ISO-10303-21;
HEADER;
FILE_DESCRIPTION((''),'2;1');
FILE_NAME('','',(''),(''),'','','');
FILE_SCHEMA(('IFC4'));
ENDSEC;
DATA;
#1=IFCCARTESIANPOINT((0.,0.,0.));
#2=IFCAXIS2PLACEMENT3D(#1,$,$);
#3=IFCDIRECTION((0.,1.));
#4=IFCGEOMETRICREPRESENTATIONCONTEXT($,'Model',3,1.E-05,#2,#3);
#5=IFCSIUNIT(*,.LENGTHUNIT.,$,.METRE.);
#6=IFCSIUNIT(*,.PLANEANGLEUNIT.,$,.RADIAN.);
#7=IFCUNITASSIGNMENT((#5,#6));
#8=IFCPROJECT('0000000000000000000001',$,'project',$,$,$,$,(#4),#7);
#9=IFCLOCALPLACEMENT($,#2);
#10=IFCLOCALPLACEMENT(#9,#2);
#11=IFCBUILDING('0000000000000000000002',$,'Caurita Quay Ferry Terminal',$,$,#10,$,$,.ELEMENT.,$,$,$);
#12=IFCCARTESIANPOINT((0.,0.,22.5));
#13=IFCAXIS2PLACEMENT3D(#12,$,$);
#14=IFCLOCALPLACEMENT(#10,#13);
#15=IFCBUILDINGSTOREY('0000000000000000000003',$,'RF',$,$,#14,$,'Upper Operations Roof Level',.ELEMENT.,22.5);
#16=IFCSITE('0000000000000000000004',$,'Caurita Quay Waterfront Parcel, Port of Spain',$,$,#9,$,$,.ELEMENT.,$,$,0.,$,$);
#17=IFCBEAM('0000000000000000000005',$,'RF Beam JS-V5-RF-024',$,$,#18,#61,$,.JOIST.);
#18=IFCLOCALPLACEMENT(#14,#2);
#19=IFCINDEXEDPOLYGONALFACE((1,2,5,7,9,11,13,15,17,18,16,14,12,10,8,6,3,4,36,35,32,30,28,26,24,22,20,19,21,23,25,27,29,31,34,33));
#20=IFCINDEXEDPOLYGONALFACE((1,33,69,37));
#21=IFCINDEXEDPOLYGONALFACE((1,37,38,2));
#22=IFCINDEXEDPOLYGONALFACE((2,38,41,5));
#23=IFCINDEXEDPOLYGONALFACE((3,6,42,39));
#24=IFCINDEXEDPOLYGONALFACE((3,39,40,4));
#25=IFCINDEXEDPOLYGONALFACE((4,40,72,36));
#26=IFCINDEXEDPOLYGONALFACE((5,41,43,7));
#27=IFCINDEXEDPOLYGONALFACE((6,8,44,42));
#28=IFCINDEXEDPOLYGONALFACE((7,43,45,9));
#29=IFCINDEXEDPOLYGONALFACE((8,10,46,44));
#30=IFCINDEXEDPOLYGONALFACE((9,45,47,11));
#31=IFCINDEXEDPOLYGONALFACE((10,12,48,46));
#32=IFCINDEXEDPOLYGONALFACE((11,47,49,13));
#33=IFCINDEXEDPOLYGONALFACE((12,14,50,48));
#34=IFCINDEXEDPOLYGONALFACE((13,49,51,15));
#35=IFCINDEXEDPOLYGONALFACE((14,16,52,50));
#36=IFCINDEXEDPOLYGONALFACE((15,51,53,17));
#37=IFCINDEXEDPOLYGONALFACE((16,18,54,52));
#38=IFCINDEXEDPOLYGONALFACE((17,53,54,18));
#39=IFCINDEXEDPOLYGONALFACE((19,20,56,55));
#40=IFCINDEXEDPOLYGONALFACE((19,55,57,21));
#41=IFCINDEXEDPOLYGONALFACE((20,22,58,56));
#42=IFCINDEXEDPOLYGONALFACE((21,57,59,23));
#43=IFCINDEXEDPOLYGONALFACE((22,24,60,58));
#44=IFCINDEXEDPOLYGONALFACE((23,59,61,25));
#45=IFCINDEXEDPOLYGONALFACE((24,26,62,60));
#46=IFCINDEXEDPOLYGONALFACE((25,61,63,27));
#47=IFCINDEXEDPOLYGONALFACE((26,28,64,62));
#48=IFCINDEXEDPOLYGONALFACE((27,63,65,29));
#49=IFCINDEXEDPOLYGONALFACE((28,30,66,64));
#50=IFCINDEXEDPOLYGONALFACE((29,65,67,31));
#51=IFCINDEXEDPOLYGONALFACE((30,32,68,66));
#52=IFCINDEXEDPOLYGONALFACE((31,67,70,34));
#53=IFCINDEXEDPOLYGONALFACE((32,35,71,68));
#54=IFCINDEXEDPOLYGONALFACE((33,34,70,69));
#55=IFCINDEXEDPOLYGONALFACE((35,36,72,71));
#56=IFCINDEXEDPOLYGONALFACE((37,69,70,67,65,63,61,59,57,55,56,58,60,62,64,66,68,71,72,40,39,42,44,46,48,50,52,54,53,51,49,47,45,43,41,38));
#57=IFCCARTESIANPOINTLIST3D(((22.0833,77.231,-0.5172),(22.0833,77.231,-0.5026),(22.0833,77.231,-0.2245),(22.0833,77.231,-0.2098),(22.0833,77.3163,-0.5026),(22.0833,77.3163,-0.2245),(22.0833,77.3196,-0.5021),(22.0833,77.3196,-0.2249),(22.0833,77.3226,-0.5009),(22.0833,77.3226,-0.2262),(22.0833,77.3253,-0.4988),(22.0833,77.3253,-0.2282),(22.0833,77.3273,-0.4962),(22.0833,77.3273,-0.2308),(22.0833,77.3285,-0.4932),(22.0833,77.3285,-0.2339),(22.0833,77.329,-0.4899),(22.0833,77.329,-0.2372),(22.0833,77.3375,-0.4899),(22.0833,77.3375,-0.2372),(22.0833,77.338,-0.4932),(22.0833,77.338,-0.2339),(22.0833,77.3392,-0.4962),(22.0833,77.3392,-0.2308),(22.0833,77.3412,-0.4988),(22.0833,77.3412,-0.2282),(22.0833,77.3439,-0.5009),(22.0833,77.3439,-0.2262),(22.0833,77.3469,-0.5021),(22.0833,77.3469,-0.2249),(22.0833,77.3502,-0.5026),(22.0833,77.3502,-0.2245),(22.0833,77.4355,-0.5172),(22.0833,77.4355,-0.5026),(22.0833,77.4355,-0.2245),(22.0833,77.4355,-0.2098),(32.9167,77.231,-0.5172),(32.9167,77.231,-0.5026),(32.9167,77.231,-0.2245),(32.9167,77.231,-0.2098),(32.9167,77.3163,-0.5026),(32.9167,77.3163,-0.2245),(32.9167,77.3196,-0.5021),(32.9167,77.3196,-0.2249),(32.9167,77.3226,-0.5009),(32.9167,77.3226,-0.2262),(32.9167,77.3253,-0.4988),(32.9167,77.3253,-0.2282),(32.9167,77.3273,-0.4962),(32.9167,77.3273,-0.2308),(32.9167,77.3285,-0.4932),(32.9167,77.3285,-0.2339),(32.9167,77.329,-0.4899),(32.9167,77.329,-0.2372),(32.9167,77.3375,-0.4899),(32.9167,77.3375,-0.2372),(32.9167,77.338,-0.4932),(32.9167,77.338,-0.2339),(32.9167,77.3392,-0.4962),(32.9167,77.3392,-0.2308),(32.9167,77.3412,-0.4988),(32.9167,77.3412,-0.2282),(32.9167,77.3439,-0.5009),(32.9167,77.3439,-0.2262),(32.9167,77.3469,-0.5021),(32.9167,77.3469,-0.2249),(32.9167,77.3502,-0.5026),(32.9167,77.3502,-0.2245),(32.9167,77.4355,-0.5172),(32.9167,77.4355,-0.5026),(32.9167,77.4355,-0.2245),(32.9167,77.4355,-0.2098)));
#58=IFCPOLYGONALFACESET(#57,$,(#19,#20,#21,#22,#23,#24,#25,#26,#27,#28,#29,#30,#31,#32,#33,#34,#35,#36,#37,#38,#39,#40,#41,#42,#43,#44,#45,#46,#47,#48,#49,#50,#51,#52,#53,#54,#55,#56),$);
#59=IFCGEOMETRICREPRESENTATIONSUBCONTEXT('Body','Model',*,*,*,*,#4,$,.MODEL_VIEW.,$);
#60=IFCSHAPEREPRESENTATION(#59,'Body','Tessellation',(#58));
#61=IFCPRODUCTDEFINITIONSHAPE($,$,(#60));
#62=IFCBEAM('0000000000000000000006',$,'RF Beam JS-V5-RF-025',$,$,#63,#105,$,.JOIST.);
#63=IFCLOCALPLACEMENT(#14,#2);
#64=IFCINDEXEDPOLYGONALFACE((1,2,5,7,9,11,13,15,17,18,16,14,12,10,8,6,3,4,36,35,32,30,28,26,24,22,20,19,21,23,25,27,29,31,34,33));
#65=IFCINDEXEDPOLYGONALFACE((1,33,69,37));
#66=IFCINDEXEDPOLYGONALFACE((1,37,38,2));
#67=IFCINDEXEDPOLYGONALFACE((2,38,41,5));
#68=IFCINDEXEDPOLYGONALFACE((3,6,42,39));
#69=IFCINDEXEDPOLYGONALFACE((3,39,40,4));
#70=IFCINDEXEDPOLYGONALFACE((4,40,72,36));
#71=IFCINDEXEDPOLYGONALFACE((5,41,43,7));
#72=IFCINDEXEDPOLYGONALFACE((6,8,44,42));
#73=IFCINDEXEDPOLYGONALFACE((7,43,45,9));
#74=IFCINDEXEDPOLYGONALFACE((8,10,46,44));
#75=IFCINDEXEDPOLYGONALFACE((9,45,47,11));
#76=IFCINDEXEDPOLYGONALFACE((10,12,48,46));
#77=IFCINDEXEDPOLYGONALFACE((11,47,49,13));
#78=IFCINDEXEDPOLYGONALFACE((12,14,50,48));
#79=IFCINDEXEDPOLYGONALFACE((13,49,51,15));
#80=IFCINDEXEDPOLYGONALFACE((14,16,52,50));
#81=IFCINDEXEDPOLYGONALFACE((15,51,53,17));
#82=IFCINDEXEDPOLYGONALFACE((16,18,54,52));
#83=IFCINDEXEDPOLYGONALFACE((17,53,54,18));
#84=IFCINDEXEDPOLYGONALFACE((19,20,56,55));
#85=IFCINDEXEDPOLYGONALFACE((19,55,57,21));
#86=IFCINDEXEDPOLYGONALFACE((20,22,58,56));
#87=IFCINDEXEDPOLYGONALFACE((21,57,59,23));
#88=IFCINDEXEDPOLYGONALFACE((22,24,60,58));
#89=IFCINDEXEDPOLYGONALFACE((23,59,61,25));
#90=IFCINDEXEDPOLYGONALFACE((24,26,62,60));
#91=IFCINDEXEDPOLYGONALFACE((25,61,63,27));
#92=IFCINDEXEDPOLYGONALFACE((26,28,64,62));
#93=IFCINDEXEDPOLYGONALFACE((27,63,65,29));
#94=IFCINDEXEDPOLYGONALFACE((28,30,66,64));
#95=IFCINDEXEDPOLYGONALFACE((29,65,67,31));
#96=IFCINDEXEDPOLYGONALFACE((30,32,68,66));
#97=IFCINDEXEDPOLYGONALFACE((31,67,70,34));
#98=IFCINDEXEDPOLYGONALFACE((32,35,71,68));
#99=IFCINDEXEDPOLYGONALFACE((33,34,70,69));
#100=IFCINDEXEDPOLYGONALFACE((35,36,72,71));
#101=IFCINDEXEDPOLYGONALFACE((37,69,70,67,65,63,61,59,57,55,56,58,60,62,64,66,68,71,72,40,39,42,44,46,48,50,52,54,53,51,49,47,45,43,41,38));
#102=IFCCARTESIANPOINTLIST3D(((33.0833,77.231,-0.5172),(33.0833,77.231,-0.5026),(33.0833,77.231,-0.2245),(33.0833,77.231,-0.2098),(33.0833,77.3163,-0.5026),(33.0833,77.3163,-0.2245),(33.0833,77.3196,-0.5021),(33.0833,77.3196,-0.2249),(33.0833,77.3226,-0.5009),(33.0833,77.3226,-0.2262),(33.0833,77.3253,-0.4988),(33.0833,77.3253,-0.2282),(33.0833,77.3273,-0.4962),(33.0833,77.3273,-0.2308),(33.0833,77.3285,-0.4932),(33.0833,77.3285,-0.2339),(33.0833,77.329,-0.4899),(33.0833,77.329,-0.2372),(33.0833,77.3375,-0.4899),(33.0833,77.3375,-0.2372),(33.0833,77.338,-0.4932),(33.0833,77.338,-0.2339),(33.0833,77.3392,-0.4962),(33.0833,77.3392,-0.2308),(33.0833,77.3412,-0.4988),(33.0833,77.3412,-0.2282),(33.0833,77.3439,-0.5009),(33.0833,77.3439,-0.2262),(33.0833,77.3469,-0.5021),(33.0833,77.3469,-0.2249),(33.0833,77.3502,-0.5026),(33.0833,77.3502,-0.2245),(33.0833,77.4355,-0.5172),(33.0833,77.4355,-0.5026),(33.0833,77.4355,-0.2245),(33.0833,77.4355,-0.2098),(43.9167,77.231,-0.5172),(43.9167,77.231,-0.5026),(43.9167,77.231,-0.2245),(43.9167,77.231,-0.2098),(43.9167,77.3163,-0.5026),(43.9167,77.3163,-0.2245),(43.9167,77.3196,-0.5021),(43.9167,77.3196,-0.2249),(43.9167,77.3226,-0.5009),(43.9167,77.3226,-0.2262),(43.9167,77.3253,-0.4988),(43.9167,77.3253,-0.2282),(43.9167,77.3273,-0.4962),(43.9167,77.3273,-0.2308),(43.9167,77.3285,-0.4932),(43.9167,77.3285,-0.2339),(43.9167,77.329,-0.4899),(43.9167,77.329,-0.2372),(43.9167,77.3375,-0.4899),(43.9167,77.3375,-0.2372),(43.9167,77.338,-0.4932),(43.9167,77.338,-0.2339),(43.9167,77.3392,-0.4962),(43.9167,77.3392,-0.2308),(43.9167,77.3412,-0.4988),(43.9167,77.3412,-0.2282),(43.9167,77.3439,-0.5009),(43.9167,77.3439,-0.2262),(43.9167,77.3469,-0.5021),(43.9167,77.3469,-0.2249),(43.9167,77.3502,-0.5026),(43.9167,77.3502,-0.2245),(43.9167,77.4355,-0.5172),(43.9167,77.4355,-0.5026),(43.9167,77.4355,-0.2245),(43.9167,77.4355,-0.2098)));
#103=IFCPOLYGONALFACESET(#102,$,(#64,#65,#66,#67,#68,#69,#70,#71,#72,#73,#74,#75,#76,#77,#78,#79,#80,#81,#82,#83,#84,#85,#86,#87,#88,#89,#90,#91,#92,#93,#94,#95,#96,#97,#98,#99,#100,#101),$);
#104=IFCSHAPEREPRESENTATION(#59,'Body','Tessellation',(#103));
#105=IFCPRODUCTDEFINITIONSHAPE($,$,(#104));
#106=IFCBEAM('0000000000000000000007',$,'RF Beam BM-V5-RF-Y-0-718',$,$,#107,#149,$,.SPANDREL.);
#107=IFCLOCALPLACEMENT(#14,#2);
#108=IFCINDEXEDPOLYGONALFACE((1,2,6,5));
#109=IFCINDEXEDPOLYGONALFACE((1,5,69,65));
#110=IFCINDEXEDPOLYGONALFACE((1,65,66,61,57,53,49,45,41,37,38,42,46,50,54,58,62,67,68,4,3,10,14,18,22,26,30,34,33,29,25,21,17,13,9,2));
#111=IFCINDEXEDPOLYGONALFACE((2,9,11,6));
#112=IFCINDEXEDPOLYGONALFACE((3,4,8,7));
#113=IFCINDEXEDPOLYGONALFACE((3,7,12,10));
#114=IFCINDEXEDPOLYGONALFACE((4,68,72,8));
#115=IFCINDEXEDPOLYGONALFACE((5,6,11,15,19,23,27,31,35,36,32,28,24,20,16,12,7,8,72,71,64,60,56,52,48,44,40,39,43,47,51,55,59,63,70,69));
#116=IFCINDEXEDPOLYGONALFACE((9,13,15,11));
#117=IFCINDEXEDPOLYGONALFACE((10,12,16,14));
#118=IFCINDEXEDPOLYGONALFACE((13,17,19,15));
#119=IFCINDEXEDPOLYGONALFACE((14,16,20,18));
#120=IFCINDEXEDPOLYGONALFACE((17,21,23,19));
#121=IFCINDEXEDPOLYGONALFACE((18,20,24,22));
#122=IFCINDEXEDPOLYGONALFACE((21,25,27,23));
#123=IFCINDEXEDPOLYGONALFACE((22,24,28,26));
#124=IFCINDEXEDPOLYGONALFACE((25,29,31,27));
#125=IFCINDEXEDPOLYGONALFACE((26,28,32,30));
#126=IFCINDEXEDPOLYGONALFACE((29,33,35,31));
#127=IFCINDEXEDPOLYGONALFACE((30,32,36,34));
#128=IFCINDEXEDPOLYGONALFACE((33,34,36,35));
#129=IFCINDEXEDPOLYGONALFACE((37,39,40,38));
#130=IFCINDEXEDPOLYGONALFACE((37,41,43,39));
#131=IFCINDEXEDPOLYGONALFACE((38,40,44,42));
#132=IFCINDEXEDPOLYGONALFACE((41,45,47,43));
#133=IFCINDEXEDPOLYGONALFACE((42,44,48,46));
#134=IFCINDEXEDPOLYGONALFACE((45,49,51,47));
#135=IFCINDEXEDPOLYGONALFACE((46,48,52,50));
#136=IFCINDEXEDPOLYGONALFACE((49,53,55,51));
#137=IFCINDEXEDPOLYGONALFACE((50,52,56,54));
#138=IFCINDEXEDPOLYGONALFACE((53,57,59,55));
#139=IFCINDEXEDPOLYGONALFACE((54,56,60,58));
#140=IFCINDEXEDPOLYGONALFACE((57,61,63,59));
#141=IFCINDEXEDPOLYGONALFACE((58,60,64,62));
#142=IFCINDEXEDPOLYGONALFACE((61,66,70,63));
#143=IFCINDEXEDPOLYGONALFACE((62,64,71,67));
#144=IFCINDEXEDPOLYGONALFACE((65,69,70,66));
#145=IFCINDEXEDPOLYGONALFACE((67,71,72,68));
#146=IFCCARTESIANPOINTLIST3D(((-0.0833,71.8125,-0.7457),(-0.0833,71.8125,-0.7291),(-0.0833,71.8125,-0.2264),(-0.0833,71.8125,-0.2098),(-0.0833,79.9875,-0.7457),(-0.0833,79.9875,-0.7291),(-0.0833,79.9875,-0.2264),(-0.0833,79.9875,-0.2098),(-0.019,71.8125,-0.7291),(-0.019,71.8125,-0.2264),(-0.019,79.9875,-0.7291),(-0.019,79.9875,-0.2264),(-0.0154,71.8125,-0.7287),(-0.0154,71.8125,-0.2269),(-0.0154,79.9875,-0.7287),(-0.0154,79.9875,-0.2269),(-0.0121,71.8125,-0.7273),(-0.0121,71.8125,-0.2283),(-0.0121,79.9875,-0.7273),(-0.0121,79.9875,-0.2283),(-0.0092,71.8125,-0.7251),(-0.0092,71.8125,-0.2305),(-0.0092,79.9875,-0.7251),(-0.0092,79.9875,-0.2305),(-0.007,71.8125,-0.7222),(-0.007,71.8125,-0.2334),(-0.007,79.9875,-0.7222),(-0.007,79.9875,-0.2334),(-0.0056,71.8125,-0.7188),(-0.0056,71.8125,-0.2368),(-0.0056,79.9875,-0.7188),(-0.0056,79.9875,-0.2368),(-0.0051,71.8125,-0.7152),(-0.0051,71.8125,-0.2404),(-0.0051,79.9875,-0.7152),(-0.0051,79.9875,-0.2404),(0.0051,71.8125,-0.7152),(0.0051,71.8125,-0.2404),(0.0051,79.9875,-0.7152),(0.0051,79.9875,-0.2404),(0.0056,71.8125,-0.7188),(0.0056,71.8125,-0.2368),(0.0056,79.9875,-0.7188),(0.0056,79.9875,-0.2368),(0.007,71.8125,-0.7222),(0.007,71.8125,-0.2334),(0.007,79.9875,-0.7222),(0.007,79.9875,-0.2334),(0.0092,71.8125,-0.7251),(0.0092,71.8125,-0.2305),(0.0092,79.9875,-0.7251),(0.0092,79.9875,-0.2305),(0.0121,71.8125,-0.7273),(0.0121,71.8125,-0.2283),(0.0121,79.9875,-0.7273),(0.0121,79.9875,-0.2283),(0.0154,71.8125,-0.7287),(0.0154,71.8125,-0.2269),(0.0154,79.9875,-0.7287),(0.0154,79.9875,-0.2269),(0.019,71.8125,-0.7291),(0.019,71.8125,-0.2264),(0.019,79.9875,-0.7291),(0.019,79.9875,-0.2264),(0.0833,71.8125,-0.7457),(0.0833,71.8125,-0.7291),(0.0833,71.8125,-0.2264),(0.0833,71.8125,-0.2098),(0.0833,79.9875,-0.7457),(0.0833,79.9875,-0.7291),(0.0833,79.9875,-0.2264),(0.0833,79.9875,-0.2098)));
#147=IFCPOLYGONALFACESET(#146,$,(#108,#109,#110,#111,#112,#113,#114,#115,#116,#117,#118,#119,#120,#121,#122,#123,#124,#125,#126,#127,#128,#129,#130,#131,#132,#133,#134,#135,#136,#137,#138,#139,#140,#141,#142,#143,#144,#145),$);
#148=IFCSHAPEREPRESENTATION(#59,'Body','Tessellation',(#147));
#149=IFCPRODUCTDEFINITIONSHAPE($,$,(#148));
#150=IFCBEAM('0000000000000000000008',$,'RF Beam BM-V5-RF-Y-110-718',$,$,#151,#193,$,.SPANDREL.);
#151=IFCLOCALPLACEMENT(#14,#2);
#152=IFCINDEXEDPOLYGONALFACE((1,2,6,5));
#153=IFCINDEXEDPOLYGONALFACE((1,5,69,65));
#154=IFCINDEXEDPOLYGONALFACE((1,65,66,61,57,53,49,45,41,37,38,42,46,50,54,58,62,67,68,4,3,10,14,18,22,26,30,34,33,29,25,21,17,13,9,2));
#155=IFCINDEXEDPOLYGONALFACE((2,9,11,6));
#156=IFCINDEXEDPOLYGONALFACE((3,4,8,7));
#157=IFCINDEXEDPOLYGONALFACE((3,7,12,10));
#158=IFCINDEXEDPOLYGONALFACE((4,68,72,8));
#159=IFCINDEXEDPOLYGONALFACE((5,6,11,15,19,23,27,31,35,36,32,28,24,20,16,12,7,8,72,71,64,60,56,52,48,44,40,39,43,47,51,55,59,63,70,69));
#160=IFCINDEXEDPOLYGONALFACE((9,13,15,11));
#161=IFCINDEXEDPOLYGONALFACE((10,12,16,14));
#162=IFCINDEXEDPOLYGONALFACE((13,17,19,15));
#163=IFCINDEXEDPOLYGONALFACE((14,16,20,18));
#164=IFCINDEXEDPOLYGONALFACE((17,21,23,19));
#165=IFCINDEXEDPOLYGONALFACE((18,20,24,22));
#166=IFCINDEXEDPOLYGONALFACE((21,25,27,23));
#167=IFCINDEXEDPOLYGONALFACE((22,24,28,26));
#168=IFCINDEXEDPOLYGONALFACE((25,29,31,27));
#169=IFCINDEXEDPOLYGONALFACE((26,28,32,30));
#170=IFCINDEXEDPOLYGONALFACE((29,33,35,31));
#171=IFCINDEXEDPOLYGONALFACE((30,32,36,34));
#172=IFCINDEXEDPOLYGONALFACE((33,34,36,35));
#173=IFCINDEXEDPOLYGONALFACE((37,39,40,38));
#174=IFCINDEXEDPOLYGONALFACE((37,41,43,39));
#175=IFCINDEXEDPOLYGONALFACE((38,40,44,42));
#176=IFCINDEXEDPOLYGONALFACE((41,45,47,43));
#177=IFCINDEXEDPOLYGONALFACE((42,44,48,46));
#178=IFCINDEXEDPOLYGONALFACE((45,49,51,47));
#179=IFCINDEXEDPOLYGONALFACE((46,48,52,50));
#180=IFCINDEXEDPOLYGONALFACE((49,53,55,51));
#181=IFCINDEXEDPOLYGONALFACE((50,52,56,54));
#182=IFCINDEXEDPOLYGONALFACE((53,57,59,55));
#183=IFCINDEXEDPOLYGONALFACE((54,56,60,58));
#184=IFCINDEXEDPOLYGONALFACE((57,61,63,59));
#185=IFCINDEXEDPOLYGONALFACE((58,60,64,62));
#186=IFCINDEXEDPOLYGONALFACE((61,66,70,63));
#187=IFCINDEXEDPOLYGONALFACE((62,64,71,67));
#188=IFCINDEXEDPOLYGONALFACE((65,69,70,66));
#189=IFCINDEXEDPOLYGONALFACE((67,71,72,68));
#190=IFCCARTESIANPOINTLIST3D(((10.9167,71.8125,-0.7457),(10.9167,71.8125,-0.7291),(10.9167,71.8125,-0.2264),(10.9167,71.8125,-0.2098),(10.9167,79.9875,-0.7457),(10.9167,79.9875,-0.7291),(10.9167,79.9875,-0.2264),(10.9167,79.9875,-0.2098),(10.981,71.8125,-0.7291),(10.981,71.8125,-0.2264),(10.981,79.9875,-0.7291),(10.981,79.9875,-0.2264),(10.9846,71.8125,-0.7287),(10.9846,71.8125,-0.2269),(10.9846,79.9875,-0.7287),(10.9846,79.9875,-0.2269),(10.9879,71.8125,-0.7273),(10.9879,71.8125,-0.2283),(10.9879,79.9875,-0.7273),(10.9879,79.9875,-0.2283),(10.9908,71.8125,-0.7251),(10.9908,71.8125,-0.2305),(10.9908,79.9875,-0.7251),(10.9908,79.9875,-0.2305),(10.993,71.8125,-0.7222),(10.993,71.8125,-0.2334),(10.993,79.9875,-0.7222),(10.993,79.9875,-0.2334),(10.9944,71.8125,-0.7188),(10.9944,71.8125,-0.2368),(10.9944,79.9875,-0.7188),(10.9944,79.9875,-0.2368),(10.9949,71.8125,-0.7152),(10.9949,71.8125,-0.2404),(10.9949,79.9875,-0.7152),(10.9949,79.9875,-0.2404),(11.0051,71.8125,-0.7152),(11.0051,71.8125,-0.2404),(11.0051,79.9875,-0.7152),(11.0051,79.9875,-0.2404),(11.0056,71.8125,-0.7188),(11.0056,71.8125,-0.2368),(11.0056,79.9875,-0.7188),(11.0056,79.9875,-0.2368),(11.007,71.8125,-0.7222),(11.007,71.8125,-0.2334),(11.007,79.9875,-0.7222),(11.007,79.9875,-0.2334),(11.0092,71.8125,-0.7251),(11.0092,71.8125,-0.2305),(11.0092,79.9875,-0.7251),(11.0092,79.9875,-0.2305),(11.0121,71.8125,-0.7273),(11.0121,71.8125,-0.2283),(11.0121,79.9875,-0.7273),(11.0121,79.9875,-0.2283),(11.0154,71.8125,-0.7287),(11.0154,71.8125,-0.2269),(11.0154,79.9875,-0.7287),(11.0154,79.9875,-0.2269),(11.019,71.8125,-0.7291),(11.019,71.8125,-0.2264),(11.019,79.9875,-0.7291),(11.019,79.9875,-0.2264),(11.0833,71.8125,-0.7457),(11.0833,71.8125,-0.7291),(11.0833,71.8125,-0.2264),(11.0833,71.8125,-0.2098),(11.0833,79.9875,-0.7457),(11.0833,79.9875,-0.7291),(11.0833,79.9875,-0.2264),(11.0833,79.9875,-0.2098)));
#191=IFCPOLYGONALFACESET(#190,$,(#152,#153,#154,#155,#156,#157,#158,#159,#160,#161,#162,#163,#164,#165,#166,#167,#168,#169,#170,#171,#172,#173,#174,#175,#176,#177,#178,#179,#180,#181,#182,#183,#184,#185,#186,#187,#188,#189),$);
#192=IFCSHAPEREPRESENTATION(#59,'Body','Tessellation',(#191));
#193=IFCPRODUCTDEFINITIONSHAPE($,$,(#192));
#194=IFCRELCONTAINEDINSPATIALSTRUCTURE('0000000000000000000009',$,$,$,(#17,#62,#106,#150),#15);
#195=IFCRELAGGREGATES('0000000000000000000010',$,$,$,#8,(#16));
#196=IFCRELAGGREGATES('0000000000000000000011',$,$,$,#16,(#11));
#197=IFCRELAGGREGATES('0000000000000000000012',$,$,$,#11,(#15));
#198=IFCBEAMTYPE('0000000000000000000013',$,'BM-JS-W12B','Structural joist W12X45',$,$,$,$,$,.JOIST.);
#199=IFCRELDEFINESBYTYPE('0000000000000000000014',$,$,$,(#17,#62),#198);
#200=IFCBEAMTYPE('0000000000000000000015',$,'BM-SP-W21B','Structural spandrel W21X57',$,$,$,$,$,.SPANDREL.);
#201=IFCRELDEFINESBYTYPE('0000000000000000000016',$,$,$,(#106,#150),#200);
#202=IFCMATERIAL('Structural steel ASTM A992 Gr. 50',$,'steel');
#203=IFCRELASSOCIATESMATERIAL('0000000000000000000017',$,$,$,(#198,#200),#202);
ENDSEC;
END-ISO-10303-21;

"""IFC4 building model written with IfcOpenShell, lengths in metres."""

from ifc_helpers import new_model, si_unit, direction, frame, origin, origin_2d, place, context, subcontext, project, spatial, i_section, extrude, material, material_profile, profile_set, type_object, element, save


model = new_model("IFC4")

# Units and contexts
model_context = context("Model", 3, precision=1e-05, world=origin(), true_north=direction((0.0, 1.0)))
body_context = subcontext(model_context, "Body", "Model", "MODEL_VIEW")
ifc_project = project(units=[si_unit("LENGTHUNIT", "METRE"), si_unit("PLANEANGLEUNIT", "RADIAN")], contexts=[model_context])

# Site, building, storey
site_placement = place(None, origin())
site = spatial("IfcSite", under=ifc_project, at=site_placement, Name="Caurita Quay Waterfront Parcel, Port of Spain", CompositionType="ELEMENT", RefElevation=0.0)
building_placement = place(site_placement, origin())
building = spatial("IfcBuilding", under=site, at=building_placement, Name="Caurita Quay Ferry Terminal", CompositionType="ELEMENT")
storey_placement = place(building_placement, frame((0.0, 0.0, 22.5)))
storey = spatial("IfcBuildingStorey", under=building, at=storey_placement, Name="RF", LongName="Upper Operations Roof Level", CompositionType="ELEMENT", Elevation=22.5)

# Beams
ifc_material_1 = material(Name="Structural steel ASTM A992 Gr. 50", Category="steel")
ifc_material_profile_1 = material_profile(ifc_material_1, i_section(OverallWidth=0.2046, OverallDepth=0.3074, WebThickness=0.0085, FlangeThickness=0.0146, FilletRadius=0.0127, at=origin_2d()), Name="W12X45")
ifc_profile_set_1 = profile_set([ifc_material_profile_1], Name="Structural steel ASTM A992 Gr. 50")
beam_type_1 = type_object("IfcBeamType", Name="BM-JS-W12B", Description="Structural joist W12X45", PredefinedType="JOIST", material=ifc_profile_set_1)
for number, where, z_axis, x_axis, name in (
    (1, (22.0833, 77.3333, -0.3635), (1.0, 0.0, 0.0), (0.0, 1.0, 0.0), "RF Beam JS-V5-RF-024"),
    (2, (33.0833, 77.3333, -0.3635), (1.0, 0.0, 0.0), (0.0, 1.0, 0.0), "RF Beam JS-V5-RF-025"),
):
    element("IfcBeam", number, at=place(storey_placement, frame(where, z_axis=z_axis, x_axis=x_axis)), inside=storey, type_object=beam_type_1, Name=name, PredefinedType="JOIST", context=body_context, shape_type="SweptSolid", body=[
        extrude(i_section(OverallWidth=0.2046, OverallDepth=0.3074, WebThickness=0.0085, FlangeThickness=0.0146, FilletRadius=0.0127, at=origin_2d()), origin(), (0.0, 0.0, 1.0), 10.8335),
    ])
ifc_material_profile_2 = material_profile(ifc_material_1, i_section(OverallWidth=0.1665, OverallDepth=0.5359, WebThickness=0.0103, FlangeThickness=0.0166, FilletRadius=0.0139, at=origin_2d()), Name="W21X57")
ifc_profile_set_2 = profile_set([ifc_material_profile_2], Name="Structural steel ASTM A992 Gr. 50")
beam_type_2 = type_object("IfcBeamType", Name="BM-SP-W21B", Description="Structural spandrel W21X57", PredefinedType="SPANDREL", material=ifc_profile_set_2)
for number, where, z_axis, x_axis, name in (
    (3, (0.0, 71.8125, -0.4778), (0.0, 1.0, 0.0), (-1.0, 0.0, 0.0), "RF Beam BM-V5-RF-Y-0-718"),
    (4, (11.0, 71.8125, -0.4778), (0.0, 1.0, 0.0), (-1.0, 0.0, 0.0), "RF Beam BM-V5-RF-Y-110-718"),
):
    element("IfcBeam", number, at=place(storey_placement, frame(where, z_axis=z_axis, x_axis=x_axis)), inside=storey, type_object=beam_type_2, Name=name, PredefinedType="SPANDREL", context=body_context, shape_type="SweptSolid", body=[
        extrude(i_section(OverallWidth=0.1665, OverallDepth=0.5359, WebThickness=0.0103, FlangeThickness=0.0166, FilletRadius=0.0139, at=origin_2d()), origin(), (0.0, 0.0, 1.0), 8.175),
    ])

save(model, "model.ifc")
